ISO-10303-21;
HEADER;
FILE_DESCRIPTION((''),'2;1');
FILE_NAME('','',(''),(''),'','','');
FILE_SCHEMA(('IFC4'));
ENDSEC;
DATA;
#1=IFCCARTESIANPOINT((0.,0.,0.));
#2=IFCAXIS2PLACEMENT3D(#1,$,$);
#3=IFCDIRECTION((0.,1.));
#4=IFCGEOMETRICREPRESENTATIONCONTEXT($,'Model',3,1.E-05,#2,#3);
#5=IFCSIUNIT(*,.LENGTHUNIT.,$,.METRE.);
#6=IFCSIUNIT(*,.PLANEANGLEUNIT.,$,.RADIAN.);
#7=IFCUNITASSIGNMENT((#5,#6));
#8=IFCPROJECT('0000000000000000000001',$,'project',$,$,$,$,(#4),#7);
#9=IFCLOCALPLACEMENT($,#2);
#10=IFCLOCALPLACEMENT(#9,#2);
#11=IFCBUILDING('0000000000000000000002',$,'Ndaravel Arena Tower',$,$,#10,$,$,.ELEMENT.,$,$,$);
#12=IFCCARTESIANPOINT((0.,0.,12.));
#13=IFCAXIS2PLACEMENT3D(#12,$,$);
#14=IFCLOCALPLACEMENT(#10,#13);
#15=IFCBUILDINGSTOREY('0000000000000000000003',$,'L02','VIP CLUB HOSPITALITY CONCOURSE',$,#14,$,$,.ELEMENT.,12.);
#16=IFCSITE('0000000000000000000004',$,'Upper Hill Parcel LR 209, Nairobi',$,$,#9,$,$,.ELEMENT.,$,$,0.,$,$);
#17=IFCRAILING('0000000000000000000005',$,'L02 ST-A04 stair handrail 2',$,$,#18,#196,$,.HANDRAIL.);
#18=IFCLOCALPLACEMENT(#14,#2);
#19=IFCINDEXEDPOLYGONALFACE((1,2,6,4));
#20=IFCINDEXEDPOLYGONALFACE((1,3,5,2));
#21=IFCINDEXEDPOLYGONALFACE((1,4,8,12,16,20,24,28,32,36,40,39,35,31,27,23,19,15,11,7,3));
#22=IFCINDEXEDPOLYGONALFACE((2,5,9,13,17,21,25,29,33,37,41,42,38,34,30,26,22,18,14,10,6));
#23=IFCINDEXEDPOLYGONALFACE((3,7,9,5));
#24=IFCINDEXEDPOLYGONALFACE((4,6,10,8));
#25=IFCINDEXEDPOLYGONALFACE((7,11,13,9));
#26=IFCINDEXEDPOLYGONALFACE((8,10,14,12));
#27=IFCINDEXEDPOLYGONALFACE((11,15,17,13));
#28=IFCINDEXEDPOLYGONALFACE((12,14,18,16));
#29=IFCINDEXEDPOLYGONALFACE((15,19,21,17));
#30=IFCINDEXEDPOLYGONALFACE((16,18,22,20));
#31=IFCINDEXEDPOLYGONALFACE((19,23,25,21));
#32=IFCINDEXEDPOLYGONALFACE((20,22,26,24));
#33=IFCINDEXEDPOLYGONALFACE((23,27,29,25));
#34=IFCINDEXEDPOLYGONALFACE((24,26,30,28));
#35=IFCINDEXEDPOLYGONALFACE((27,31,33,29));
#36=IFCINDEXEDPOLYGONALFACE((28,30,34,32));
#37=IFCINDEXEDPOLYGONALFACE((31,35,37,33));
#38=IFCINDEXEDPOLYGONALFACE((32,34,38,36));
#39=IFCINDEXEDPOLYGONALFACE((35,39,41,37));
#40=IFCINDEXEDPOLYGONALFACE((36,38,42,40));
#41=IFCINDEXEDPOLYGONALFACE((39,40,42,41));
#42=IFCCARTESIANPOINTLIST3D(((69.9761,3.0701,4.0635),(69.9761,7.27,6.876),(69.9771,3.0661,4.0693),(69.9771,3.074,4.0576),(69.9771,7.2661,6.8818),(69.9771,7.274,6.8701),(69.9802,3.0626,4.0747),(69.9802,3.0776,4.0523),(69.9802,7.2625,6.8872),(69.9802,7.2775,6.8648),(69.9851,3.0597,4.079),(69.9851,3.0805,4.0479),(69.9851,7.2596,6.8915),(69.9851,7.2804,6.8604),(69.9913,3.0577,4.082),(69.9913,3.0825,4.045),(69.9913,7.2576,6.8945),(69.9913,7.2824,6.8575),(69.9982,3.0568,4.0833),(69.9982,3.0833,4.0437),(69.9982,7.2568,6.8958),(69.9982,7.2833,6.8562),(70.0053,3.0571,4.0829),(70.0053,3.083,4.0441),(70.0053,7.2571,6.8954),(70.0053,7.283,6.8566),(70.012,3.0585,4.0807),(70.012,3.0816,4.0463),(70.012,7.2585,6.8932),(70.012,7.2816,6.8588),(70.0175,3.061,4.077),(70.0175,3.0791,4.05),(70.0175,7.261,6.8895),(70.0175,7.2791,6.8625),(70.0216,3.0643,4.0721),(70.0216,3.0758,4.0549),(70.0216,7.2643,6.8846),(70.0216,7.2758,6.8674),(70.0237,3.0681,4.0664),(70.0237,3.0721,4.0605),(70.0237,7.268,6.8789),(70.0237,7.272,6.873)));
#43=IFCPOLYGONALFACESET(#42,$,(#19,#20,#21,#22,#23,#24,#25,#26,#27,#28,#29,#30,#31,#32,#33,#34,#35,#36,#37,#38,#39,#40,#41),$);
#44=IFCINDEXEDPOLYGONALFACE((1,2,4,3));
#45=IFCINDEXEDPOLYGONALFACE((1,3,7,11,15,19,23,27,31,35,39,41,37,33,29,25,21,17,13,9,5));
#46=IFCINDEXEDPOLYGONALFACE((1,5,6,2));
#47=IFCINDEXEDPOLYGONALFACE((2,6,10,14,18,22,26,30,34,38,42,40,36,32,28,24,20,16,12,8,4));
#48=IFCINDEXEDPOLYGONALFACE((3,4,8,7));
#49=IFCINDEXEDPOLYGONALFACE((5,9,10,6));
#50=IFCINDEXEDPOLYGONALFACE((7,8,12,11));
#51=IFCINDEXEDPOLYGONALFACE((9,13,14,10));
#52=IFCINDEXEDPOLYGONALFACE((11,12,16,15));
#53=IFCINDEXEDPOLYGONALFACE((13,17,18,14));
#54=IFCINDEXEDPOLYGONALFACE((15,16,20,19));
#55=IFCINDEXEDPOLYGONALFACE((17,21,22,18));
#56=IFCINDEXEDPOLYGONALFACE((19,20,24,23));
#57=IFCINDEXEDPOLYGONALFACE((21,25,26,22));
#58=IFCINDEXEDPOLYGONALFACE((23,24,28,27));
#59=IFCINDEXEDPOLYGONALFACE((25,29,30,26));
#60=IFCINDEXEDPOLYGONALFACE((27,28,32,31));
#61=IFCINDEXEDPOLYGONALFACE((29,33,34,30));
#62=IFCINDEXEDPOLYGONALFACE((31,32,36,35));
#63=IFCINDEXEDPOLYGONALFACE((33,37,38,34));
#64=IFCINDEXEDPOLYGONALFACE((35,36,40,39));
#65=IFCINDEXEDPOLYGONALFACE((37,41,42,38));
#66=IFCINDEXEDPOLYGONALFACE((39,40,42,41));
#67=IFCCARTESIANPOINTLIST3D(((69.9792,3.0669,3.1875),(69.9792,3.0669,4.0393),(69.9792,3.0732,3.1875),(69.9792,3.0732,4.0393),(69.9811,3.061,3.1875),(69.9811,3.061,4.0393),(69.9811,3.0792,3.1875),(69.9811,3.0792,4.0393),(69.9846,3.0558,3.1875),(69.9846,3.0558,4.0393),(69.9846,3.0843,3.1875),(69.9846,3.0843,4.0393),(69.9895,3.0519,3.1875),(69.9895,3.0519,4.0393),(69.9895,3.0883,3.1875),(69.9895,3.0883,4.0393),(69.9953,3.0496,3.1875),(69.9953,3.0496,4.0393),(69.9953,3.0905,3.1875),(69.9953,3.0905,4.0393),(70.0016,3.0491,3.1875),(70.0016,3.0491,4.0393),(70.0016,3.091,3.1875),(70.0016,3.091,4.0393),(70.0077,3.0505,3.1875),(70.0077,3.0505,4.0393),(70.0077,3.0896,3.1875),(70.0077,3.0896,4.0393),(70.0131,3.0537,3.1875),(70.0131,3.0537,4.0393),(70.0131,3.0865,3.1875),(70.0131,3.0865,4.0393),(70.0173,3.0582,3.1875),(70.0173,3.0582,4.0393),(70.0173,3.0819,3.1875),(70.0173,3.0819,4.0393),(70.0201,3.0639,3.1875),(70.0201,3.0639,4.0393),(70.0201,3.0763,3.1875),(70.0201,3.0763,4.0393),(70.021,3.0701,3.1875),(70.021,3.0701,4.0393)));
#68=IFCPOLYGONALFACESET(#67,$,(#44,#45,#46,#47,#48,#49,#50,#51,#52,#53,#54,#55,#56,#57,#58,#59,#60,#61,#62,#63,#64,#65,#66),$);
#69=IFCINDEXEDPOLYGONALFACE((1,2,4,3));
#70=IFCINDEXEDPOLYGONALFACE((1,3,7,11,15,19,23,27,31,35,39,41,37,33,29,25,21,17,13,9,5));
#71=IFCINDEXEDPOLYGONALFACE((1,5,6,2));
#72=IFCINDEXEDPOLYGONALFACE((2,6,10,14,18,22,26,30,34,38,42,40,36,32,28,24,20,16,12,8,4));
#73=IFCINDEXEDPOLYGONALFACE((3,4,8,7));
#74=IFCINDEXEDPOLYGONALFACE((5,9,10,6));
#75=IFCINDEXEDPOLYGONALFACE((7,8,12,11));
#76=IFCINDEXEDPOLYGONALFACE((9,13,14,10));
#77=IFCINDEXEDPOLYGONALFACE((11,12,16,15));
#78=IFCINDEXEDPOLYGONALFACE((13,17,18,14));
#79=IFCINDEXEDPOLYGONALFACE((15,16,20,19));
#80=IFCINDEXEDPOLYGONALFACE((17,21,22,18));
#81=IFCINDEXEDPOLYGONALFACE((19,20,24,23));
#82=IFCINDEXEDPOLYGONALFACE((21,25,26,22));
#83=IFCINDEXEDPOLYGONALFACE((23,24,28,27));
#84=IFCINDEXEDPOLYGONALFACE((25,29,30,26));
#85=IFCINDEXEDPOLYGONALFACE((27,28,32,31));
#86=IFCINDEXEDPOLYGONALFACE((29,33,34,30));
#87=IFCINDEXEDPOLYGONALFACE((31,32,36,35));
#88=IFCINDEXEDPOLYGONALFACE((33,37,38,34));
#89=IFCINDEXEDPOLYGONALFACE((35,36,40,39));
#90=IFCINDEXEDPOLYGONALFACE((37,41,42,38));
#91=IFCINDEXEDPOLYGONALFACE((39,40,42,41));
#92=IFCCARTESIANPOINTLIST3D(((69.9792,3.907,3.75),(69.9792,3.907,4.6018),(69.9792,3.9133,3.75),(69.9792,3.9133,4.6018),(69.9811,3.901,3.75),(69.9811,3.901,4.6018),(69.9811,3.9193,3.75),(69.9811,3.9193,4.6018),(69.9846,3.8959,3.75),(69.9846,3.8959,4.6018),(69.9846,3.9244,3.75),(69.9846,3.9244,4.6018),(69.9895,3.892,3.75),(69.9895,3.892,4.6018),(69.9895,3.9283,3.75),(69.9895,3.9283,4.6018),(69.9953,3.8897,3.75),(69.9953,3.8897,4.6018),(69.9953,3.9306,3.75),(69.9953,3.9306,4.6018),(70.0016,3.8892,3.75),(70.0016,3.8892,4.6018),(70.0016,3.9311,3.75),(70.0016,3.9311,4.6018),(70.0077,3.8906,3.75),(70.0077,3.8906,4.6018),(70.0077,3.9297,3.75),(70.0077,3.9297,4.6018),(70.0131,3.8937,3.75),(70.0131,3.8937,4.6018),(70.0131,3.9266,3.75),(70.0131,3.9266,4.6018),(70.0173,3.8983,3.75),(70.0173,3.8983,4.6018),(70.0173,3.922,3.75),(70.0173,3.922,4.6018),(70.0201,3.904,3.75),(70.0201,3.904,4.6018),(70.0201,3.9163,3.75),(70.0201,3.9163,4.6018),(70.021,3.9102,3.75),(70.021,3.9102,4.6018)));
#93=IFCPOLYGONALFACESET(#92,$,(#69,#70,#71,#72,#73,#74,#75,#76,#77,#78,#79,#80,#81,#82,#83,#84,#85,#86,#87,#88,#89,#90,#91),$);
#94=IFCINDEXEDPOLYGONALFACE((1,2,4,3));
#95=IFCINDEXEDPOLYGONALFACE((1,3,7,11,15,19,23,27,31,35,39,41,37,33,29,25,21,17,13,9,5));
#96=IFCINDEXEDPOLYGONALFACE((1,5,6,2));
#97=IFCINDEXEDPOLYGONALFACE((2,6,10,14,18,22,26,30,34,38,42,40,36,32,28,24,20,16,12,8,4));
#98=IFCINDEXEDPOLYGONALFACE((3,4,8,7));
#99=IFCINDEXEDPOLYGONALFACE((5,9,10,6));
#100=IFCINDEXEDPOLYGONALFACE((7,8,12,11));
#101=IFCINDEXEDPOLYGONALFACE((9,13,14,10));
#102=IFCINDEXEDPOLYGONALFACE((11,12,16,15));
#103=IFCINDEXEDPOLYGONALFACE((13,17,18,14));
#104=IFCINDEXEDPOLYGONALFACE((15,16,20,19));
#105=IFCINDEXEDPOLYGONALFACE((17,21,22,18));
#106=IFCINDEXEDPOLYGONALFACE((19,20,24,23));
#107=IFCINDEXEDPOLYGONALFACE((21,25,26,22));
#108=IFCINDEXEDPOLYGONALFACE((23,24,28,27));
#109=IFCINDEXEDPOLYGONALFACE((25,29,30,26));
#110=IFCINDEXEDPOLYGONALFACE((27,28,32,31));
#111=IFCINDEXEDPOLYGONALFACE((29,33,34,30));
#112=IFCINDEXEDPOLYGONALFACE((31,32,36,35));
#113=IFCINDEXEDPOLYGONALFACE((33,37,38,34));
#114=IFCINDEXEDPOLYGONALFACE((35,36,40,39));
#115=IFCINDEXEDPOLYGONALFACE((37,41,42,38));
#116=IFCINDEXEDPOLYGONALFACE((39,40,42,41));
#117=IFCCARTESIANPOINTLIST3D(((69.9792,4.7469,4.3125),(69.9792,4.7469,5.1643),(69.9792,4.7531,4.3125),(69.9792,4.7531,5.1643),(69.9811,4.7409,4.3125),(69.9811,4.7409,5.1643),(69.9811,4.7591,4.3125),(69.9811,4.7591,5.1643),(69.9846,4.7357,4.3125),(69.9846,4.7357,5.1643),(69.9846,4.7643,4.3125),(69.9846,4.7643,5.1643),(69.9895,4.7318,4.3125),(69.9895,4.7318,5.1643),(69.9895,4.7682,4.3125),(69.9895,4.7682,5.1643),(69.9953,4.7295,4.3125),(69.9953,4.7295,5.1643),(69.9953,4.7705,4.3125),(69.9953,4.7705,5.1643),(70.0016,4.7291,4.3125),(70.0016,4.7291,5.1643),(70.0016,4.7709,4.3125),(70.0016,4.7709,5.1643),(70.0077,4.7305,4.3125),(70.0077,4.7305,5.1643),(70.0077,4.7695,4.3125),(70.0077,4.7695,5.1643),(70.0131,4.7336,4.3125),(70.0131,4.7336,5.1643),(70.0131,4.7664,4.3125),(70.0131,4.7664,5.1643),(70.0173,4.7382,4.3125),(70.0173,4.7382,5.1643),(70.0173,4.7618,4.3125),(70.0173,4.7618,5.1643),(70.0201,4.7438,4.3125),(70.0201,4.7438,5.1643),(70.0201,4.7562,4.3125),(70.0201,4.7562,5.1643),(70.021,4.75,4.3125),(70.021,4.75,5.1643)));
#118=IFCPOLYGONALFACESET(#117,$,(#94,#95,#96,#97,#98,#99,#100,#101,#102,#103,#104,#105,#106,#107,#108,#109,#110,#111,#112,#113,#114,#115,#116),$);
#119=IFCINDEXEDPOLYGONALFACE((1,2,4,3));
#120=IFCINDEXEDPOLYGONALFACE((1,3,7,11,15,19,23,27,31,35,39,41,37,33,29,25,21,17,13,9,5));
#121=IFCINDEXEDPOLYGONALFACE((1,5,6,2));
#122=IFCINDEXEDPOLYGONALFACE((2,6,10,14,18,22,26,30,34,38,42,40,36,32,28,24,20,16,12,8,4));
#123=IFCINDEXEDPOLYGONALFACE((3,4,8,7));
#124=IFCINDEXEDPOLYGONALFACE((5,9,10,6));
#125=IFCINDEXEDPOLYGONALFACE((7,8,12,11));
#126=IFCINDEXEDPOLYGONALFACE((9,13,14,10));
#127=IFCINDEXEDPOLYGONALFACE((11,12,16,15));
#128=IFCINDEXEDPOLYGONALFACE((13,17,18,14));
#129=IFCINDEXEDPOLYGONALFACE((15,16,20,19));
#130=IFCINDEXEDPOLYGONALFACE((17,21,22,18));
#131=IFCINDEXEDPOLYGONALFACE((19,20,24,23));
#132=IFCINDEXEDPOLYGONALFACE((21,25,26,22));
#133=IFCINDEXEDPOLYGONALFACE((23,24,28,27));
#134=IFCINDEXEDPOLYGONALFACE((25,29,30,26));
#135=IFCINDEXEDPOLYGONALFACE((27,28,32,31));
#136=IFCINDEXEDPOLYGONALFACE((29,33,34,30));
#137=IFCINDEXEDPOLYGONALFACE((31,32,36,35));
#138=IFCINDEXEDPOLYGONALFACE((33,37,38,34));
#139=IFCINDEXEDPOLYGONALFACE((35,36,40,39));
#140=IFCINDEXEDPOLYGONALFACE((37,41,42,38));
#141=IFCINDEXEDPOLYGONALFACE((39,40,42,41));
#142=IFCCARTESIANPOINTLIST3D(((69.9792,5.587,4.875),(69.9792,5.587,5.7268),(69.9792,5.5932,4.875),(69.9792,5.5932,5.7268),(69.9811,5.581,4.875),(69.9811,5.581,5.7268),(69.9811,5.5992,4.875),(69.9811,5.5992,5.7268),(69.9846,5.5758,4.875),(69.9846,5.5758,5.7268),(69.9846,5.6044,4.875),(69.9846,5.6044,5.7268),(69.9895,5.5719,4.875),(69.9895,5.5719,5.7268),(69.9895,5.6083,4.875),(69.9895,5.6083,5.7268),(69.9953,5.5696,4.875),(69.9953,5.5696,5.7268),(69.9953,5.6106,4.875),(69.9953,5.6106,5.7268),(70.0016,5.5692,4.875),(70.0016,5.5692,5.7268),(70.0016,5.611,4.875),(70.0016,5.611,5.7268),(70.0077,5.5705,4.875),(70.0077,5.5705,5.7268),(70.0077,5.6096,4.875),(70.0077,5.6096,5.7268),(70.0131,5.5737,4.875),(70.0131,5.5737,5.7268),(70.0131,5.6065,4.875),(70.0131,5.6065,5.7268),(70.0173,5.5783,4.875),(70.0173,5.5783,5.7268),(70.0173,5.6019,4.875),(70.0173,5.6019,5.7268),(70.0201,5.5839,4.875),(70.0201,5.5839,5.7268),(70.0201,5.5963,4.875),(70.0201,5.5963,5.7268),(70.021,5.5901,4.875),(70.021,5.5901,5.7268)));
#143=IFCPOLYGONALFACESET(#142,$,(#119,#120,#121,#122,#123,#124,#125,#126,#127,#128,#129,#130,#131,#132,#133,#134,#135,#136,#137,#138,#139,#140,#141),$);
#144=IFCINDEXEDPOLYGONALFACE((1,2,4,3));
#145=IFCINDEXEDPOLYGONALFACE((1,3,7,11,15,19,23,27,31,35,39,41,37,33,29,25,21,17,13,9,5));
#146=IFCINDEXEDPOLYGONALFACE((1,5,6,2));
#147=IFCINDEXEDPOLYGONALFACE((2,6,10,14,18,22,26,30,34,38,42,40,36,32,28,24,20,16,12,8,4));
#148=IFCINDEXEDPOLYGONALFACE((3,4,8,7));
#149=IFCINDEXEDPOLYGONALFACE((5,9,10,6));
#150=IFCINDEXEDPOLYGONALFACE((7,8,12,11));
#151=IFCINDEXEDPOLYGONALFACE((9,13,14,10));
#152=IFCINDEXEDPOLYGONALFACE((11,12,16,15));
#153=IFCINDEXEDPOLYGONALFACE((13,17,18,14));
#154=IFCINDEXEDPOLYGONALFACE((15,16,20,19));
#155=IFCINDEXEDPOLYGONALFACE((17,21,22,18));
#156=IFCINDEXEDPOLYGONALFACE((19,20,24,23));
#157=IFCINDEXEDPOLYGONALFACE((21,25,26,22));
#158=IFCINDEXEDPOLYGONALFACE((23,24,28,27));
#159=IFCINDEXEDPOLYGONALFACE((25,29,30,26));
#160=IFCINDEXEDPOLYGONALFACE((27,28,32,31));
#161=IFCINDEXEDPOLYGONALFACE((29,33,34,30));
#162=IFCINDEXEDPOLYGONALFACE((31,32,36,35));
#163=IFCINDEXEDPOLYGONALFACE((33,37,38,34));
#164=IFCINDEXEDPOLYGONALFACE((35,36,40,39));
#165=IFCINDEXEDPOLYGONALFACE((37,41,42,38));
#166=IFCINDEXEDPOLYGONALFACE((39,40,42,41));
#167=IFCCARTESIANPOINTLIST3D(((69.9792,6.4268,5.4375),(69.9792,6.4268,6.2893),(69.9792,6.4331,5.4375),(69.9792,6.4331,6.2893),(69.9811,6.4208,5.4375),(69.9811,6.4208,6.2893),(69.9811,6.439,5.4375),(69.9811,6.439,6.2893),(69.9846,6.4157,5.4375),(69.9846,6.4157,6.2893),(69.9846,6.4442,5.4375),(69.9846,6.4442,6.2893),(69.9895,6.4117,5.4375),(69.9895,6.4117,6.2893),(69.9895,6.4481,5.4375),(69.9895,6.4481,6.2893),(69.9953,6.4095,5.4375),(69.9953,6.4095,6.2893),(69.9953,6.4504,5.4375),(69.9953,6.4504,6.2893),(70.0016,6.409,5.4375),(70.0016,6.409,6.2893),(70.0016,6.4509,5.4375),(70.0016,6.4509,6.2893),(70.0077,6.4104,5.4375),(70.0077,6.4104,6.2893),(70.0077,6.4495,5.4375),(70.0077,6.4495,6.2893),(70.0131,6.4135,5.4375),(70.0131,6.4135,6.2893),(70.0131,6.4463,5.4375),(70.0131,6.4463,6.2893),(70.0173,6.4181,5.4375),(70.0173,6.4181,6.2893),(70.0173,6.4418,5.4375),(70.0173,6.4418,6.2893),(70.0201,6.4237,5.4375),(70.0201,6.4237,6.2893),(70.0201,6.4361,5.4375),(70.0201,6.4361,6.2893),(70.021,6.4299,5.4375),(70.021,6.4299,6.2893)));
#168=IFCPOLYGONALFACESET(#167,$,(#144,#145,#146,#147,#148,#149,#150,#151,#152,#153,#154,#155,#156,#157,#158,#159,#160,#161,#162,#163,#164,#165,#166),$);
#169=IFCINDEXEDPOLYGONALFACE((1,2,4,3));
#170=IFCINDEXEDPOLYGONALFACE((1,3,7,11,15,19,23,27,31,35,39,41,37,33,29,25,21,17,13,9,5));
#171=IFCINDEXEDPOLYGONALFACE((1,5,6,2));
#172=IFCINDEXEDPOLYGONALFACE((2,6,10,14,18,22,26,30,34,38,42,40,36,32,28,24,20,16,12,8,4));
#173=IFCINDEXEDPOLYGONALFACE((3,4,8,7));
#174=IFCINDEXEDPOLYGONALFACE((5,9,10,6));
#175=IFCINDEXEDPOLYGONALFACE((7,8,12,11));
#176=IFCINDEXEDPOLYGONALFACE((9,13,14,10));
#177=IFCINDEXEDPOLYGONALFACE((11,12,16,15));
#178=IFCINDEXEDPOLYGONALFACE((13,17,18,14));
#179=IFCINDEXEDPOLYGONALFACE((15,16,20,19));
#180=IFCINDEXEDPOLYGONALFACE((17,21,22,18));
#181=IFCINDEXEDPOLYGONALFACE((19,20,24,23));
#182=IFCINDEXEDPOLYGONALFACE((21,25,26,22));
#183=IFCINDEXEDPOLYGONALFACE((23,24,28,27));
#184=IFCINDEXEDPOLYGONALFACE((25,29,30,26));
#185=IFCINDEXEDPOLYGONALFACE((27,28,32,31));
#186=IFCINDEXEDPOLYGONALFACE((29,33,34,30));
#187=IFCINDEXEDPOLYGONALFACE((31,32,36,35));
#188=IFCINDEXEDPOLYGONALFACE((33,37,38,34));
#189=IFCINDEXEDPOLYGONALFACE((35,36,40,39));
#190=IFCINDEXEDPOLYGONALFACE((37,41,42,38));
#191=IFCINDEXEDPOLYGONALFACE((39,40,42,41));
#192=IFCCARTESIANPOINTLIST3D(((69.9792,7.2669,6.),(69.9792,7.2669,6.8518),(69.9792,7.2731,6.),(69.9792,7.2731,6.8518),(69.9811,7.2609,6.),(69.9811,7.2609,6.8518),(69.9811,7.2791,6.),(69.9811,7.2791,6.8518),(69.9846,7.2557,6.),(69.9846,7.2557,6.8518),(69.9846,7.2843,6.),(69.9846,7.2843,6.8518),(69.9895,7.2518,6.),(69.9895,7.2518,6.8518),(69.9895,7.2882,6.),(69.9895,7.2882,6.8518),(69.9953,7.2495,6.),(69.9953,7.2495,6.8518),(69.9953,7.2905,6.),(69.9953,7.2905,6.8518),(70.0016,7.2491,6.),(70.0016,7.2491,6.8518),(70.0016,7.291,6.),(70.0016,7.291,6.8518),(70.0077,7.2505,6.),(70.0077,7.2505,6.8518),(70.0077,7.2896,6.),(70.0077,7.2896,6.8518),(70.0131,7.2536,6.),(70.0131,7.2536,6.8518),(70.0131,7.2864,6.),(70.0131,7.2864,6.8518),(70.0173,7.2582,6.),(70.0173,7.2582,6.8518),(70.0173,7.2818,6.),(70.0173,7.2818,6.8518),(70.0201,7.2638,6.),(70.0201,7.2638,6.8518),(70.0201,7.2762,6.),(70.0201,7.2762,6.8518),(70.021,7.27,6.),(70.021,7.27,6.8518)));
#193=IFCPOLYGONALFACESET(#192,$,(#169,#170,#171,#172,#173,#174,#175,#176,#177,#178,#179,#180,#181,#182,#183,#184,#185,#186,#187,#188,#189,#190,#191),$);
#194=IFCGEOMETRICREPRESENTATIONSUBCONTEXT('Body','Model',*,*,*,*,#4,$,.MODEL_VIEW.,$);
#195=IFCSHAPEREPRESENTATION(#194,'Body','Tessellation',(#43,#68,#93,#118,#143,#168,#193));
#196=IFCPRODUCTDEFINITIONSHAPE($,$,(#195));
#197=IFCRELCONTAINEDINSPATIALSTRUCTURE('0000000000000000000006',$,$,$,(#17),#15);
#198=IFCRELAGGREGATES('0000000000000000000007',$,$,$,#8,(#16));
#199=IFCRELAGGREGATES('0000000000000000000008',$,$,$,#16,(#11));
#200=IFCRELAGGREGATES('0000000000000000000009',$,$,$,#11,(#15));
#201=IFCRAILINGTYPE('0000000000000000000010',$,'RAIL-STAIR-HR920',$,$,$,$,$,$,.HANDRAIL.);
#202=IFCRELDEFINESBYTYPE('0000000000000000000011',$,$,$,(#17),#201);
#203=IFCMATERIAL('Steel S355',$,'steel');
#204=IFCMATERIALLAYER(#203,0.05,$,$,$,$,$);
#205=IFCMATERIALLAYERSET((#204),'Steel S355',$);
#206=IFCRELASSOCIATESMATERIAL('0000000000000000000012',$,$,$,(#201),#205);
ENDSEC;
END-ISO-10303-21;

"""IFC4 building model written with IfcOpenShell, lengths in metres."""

from ifc_helpers import new_model, si_unit, direction, frame, origin, origin_2d, place, context, subcontext, project, spatial, circle, extrude, material, layer, layer_set, type_object, element, save


model = new_model("IFC4")

# Units and contexts
model_context = context("Model", 3, precision=1e-05, world=origin(), true_north=direction((0.0, 1.0)))
body_context = subcontext(model_context, "Body", "Model", "MODEL_VIEW")
ifc_project = project(units=[si_unit("LENGTHUNIT", "METRE"), si_unit("PLANEANGLEUNIT", "RADIAN")], contexts=[model_context])

# Site, building, storey
site_placement = place(None, origin())
site = spatial("IfcSite", under=ifc_project, at=site_placement, Name="Upper Hill Parcel LR 209, Nairobi", CompositionType="ELEMENT", RefElevation=0.0)
building_placement = place(site_placement, origin())
building = spatial("IfcBuilding", under=site, at=building_placement, Name="Ndaravel Arena Tower", CompositionType="ELEMENT")
storey_placement = place(building_placement, frame((0.0, 0.0, 12.0)))
storey = spatial("IfcBuildingStorey", under=building, at=storey_placement, Name="L02", Description="VIP CLUB HOSPITALITY CONCOURSE", CompositionType="ELEMENT", Elevation=12.0)

# Railing
ifc_material_1 = material(Name="Steel S355", Category="steel")
ifc_layer_1 = layer(ifc_material_1, 0.05)
ifc_layer_set_1 = layer_set([ifc_layer_1], Name="Steel S355")
railing_type_1 = type_object("IfcRailingType", Name="RAIL-STAIR-HR920", PredefinedType="HANDRAIL", material=ifc_layer_set_1)
railing_1_placement = place(storey_placement, frame((70.0, 3.0701, 3.1875)))
element("IfcRailing", 1, at=railing_1_placement, inside=storey, type_object=railing_type_1, Name="L02 ST-A04 stair handrail 2", PredefinedType="HANDRAIL", context=body_context, shape_type="SweptSolid", body=[
    extrude(circle(Radius=0.0239, at=origin_2d()), frame((0.0, 0.0, 0.876), z_axis=(0.0, 0.830904, 0.556416), x_axis=(-1.0, 0.0, 0.0)), (0.0, 0.0, 1.0), 5.0547),
    extrude(circle(Radius=0.021, at=origin_2d()), origin(), (0.0, 0.0, 1.0), 0.8518),
    extrude(circle(Radius=0.021, at=origin_2d()), frame((0.0, 0.8401, 0.5625)), (0.0, 0.0, 1.0), 0.8518),
    extrude(circle(Radius=0.021, at=origin_2d()), frame((0.0, 1.6799, 1.125)), (0.0, 0.0, 1.0), 0.8518),
    extrude(circle(Radius=0.021, at=origin_2d()), frame((0.0, 2.52, 1.6875)), (0.0, 0.0, 1.0), 0.8518),
    extrude(circle(Radius=0.021, at=origin_2d()), frame((0.0, 3.3599, 2.25)), (0.0, 0.0, 1.0), 0.8518),
    extrude(circle(Radius=0.021, at=origin_2d()), frame((0.0, 4.2, 2.8125)), (0.0, 0.0, 1.0), 0.8518),
])

save(model, "model.ifc")
